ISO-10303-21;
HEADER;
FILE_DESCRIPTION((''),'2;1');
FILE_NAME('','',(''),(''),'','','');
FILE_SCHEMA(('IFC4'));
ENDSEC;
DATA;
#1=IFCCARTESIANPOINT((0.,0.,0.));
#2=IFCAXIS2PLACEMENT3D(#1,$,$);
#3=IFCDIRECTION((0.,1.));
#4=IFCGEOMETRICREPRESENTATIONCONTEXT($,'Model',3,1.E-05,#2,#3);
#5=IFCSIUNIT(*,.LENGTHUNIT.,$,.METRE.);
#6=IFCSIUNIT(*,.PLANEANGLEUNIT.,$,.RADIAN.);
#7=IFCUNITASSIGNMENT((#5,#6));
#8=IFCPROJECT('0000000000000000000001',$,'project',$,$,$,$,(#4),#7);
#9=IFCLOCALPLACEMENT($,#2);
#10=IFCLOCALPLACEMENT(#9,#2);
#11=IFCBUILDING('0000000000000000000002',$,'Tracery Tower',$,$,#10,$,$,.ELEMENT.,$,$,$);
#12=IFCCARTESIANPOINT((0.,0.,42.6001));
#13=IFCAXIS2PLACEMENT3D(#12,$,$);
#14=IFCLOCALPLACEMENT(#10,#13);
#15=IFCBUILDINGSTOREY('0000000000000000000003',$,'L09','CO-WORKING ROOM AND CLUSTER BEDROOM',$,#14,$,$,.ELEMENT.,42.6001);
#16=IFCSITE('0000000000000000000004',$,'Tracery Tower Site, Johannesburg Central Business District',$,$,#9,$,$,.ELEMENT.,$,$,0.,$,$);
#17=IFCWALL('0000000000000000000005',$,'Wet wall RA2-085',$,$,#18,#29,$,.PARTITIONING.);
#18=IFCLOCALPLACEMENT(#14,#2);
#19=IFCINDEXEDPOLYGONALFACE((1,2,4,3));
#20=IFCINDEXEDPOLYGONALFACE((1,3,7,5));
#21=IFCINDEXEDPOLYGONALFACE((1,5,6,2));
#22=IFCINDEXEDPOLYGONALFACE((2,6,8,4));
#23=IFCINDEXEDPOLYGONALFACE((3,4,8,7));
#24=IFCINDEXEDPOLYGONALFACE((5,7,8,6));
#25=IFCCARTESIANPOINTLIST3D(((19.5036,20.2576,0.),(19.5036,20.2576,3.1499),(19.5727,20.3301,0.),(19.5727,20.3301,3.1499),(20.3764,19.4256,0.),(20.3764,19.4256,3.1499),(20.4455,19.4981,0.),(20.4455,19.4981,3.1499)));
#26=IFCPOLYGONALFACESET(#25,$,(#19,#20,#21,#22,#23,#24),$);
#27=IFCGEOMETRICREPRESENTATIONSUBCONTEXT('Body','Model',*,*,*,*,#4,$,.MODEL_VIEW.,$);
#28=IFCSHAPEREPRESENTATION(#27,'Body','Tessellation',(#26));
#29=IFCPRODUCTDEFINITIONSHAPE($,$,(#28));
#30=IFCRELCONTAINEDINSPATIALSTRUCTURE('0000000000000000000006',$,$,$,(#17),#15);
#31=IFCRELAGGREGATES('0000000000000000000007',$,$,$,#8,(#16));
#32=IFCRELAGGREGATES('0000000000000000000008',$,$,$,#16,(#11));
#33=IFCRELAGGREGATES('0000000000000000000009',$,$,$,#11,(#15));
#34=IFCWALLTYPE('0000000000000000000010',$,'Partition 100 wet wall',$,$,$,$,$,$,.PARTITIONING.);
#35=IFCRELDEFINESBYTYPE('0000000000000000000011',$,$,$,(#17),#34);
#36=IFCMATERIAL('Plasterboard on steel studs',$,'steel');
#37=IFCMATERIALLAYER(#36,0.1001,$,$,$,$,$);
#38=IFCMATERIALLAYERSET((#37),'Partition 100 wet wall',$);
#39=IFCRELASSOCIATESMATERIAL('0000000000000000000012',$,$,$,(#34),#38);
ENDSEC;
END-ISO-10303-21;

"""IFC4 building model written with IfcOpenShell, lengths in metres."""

from ifc_helpers import new_model, si_unit, direction, frame, frame_2d, origin, place, context, subcontext, project, spatial, rectangle, extrude, material, layer, layer_set, type_object, element, save


model = new_model("IFC4")

# Units and contexts
model_context = context("Model", 3, precision=1e-05, world=origin(), true_north=direction((0.0, 1.0)))
body_context = subcontext(model_context, "Body", "Model", "MODEL_VIEW")
ifc_project = project(units=[si_unit("LENGTHUNIT", "METRE"), si_unit("PLANEANGLEUNIT", "RADIAN")], contexts=[model_context])

# Site, building, storey
site_placement = place(None, origin())
site = spatial("IfcSite", under=ifc_project, at=site_placement, Name="Tracery Tower Site, Johannesburg Central Business District", CompositionType="ELEMENT", RefElevation=0.0)
building_placement = place(site_placement, origin())
building = spatial("IfcBuilding", under=site, at=building_placement, Name="Tracery Tower", CompositionType="ELEMENT")
storey_placement = place(building_placement, frame((0.0, 0.0, 42.6001)))
storey = spatial("IfcBuildingStorey", under=building, at=storey_placement, Name="L09", Description="CO-WORKING ROOM AND CLUSTER BEDROOM", CompositionType="ELEMENT", Elevation=42.6001)

# Wall
ifc_material_1 = material(Name="Plasterboard on steel studs", Category="steel")
ifc_layer_1 = layer(ifc_material_1, 0.1001)
ifc_layer_set_1 = layer_set([ifc_layer_1], Name="Partition 100 wet wall")
wall_type_1 = type_object("IfcWallType", Name="Partition 100 wet wall", PredefinedType="PARTITIONING", material=ifc_layer_set_1)
wall_1_placement = place(storey_placement, frame((19.5381, 20.2939, 0.0), z_axis=(0.0, 0.0, 1.0), x_axis=(0.72381, -0.689999, 0.0)))
element("IfcWall", 1, at=wall_1_placement, inside=storey, type_object=wall_type_1, Name="Wet wall RA2-085", PredefinedType="PARTITIONING", context=body_context, shape_type="SweptSolid", body=[
    extrude(rectangle(XDim=1.2058, YDim=0.1001, at=frame_2d((0.603, 0.0))), origin(), (0.0, 0.0, 1.0), 3.1499),
])

save(model, "model.ifc")
